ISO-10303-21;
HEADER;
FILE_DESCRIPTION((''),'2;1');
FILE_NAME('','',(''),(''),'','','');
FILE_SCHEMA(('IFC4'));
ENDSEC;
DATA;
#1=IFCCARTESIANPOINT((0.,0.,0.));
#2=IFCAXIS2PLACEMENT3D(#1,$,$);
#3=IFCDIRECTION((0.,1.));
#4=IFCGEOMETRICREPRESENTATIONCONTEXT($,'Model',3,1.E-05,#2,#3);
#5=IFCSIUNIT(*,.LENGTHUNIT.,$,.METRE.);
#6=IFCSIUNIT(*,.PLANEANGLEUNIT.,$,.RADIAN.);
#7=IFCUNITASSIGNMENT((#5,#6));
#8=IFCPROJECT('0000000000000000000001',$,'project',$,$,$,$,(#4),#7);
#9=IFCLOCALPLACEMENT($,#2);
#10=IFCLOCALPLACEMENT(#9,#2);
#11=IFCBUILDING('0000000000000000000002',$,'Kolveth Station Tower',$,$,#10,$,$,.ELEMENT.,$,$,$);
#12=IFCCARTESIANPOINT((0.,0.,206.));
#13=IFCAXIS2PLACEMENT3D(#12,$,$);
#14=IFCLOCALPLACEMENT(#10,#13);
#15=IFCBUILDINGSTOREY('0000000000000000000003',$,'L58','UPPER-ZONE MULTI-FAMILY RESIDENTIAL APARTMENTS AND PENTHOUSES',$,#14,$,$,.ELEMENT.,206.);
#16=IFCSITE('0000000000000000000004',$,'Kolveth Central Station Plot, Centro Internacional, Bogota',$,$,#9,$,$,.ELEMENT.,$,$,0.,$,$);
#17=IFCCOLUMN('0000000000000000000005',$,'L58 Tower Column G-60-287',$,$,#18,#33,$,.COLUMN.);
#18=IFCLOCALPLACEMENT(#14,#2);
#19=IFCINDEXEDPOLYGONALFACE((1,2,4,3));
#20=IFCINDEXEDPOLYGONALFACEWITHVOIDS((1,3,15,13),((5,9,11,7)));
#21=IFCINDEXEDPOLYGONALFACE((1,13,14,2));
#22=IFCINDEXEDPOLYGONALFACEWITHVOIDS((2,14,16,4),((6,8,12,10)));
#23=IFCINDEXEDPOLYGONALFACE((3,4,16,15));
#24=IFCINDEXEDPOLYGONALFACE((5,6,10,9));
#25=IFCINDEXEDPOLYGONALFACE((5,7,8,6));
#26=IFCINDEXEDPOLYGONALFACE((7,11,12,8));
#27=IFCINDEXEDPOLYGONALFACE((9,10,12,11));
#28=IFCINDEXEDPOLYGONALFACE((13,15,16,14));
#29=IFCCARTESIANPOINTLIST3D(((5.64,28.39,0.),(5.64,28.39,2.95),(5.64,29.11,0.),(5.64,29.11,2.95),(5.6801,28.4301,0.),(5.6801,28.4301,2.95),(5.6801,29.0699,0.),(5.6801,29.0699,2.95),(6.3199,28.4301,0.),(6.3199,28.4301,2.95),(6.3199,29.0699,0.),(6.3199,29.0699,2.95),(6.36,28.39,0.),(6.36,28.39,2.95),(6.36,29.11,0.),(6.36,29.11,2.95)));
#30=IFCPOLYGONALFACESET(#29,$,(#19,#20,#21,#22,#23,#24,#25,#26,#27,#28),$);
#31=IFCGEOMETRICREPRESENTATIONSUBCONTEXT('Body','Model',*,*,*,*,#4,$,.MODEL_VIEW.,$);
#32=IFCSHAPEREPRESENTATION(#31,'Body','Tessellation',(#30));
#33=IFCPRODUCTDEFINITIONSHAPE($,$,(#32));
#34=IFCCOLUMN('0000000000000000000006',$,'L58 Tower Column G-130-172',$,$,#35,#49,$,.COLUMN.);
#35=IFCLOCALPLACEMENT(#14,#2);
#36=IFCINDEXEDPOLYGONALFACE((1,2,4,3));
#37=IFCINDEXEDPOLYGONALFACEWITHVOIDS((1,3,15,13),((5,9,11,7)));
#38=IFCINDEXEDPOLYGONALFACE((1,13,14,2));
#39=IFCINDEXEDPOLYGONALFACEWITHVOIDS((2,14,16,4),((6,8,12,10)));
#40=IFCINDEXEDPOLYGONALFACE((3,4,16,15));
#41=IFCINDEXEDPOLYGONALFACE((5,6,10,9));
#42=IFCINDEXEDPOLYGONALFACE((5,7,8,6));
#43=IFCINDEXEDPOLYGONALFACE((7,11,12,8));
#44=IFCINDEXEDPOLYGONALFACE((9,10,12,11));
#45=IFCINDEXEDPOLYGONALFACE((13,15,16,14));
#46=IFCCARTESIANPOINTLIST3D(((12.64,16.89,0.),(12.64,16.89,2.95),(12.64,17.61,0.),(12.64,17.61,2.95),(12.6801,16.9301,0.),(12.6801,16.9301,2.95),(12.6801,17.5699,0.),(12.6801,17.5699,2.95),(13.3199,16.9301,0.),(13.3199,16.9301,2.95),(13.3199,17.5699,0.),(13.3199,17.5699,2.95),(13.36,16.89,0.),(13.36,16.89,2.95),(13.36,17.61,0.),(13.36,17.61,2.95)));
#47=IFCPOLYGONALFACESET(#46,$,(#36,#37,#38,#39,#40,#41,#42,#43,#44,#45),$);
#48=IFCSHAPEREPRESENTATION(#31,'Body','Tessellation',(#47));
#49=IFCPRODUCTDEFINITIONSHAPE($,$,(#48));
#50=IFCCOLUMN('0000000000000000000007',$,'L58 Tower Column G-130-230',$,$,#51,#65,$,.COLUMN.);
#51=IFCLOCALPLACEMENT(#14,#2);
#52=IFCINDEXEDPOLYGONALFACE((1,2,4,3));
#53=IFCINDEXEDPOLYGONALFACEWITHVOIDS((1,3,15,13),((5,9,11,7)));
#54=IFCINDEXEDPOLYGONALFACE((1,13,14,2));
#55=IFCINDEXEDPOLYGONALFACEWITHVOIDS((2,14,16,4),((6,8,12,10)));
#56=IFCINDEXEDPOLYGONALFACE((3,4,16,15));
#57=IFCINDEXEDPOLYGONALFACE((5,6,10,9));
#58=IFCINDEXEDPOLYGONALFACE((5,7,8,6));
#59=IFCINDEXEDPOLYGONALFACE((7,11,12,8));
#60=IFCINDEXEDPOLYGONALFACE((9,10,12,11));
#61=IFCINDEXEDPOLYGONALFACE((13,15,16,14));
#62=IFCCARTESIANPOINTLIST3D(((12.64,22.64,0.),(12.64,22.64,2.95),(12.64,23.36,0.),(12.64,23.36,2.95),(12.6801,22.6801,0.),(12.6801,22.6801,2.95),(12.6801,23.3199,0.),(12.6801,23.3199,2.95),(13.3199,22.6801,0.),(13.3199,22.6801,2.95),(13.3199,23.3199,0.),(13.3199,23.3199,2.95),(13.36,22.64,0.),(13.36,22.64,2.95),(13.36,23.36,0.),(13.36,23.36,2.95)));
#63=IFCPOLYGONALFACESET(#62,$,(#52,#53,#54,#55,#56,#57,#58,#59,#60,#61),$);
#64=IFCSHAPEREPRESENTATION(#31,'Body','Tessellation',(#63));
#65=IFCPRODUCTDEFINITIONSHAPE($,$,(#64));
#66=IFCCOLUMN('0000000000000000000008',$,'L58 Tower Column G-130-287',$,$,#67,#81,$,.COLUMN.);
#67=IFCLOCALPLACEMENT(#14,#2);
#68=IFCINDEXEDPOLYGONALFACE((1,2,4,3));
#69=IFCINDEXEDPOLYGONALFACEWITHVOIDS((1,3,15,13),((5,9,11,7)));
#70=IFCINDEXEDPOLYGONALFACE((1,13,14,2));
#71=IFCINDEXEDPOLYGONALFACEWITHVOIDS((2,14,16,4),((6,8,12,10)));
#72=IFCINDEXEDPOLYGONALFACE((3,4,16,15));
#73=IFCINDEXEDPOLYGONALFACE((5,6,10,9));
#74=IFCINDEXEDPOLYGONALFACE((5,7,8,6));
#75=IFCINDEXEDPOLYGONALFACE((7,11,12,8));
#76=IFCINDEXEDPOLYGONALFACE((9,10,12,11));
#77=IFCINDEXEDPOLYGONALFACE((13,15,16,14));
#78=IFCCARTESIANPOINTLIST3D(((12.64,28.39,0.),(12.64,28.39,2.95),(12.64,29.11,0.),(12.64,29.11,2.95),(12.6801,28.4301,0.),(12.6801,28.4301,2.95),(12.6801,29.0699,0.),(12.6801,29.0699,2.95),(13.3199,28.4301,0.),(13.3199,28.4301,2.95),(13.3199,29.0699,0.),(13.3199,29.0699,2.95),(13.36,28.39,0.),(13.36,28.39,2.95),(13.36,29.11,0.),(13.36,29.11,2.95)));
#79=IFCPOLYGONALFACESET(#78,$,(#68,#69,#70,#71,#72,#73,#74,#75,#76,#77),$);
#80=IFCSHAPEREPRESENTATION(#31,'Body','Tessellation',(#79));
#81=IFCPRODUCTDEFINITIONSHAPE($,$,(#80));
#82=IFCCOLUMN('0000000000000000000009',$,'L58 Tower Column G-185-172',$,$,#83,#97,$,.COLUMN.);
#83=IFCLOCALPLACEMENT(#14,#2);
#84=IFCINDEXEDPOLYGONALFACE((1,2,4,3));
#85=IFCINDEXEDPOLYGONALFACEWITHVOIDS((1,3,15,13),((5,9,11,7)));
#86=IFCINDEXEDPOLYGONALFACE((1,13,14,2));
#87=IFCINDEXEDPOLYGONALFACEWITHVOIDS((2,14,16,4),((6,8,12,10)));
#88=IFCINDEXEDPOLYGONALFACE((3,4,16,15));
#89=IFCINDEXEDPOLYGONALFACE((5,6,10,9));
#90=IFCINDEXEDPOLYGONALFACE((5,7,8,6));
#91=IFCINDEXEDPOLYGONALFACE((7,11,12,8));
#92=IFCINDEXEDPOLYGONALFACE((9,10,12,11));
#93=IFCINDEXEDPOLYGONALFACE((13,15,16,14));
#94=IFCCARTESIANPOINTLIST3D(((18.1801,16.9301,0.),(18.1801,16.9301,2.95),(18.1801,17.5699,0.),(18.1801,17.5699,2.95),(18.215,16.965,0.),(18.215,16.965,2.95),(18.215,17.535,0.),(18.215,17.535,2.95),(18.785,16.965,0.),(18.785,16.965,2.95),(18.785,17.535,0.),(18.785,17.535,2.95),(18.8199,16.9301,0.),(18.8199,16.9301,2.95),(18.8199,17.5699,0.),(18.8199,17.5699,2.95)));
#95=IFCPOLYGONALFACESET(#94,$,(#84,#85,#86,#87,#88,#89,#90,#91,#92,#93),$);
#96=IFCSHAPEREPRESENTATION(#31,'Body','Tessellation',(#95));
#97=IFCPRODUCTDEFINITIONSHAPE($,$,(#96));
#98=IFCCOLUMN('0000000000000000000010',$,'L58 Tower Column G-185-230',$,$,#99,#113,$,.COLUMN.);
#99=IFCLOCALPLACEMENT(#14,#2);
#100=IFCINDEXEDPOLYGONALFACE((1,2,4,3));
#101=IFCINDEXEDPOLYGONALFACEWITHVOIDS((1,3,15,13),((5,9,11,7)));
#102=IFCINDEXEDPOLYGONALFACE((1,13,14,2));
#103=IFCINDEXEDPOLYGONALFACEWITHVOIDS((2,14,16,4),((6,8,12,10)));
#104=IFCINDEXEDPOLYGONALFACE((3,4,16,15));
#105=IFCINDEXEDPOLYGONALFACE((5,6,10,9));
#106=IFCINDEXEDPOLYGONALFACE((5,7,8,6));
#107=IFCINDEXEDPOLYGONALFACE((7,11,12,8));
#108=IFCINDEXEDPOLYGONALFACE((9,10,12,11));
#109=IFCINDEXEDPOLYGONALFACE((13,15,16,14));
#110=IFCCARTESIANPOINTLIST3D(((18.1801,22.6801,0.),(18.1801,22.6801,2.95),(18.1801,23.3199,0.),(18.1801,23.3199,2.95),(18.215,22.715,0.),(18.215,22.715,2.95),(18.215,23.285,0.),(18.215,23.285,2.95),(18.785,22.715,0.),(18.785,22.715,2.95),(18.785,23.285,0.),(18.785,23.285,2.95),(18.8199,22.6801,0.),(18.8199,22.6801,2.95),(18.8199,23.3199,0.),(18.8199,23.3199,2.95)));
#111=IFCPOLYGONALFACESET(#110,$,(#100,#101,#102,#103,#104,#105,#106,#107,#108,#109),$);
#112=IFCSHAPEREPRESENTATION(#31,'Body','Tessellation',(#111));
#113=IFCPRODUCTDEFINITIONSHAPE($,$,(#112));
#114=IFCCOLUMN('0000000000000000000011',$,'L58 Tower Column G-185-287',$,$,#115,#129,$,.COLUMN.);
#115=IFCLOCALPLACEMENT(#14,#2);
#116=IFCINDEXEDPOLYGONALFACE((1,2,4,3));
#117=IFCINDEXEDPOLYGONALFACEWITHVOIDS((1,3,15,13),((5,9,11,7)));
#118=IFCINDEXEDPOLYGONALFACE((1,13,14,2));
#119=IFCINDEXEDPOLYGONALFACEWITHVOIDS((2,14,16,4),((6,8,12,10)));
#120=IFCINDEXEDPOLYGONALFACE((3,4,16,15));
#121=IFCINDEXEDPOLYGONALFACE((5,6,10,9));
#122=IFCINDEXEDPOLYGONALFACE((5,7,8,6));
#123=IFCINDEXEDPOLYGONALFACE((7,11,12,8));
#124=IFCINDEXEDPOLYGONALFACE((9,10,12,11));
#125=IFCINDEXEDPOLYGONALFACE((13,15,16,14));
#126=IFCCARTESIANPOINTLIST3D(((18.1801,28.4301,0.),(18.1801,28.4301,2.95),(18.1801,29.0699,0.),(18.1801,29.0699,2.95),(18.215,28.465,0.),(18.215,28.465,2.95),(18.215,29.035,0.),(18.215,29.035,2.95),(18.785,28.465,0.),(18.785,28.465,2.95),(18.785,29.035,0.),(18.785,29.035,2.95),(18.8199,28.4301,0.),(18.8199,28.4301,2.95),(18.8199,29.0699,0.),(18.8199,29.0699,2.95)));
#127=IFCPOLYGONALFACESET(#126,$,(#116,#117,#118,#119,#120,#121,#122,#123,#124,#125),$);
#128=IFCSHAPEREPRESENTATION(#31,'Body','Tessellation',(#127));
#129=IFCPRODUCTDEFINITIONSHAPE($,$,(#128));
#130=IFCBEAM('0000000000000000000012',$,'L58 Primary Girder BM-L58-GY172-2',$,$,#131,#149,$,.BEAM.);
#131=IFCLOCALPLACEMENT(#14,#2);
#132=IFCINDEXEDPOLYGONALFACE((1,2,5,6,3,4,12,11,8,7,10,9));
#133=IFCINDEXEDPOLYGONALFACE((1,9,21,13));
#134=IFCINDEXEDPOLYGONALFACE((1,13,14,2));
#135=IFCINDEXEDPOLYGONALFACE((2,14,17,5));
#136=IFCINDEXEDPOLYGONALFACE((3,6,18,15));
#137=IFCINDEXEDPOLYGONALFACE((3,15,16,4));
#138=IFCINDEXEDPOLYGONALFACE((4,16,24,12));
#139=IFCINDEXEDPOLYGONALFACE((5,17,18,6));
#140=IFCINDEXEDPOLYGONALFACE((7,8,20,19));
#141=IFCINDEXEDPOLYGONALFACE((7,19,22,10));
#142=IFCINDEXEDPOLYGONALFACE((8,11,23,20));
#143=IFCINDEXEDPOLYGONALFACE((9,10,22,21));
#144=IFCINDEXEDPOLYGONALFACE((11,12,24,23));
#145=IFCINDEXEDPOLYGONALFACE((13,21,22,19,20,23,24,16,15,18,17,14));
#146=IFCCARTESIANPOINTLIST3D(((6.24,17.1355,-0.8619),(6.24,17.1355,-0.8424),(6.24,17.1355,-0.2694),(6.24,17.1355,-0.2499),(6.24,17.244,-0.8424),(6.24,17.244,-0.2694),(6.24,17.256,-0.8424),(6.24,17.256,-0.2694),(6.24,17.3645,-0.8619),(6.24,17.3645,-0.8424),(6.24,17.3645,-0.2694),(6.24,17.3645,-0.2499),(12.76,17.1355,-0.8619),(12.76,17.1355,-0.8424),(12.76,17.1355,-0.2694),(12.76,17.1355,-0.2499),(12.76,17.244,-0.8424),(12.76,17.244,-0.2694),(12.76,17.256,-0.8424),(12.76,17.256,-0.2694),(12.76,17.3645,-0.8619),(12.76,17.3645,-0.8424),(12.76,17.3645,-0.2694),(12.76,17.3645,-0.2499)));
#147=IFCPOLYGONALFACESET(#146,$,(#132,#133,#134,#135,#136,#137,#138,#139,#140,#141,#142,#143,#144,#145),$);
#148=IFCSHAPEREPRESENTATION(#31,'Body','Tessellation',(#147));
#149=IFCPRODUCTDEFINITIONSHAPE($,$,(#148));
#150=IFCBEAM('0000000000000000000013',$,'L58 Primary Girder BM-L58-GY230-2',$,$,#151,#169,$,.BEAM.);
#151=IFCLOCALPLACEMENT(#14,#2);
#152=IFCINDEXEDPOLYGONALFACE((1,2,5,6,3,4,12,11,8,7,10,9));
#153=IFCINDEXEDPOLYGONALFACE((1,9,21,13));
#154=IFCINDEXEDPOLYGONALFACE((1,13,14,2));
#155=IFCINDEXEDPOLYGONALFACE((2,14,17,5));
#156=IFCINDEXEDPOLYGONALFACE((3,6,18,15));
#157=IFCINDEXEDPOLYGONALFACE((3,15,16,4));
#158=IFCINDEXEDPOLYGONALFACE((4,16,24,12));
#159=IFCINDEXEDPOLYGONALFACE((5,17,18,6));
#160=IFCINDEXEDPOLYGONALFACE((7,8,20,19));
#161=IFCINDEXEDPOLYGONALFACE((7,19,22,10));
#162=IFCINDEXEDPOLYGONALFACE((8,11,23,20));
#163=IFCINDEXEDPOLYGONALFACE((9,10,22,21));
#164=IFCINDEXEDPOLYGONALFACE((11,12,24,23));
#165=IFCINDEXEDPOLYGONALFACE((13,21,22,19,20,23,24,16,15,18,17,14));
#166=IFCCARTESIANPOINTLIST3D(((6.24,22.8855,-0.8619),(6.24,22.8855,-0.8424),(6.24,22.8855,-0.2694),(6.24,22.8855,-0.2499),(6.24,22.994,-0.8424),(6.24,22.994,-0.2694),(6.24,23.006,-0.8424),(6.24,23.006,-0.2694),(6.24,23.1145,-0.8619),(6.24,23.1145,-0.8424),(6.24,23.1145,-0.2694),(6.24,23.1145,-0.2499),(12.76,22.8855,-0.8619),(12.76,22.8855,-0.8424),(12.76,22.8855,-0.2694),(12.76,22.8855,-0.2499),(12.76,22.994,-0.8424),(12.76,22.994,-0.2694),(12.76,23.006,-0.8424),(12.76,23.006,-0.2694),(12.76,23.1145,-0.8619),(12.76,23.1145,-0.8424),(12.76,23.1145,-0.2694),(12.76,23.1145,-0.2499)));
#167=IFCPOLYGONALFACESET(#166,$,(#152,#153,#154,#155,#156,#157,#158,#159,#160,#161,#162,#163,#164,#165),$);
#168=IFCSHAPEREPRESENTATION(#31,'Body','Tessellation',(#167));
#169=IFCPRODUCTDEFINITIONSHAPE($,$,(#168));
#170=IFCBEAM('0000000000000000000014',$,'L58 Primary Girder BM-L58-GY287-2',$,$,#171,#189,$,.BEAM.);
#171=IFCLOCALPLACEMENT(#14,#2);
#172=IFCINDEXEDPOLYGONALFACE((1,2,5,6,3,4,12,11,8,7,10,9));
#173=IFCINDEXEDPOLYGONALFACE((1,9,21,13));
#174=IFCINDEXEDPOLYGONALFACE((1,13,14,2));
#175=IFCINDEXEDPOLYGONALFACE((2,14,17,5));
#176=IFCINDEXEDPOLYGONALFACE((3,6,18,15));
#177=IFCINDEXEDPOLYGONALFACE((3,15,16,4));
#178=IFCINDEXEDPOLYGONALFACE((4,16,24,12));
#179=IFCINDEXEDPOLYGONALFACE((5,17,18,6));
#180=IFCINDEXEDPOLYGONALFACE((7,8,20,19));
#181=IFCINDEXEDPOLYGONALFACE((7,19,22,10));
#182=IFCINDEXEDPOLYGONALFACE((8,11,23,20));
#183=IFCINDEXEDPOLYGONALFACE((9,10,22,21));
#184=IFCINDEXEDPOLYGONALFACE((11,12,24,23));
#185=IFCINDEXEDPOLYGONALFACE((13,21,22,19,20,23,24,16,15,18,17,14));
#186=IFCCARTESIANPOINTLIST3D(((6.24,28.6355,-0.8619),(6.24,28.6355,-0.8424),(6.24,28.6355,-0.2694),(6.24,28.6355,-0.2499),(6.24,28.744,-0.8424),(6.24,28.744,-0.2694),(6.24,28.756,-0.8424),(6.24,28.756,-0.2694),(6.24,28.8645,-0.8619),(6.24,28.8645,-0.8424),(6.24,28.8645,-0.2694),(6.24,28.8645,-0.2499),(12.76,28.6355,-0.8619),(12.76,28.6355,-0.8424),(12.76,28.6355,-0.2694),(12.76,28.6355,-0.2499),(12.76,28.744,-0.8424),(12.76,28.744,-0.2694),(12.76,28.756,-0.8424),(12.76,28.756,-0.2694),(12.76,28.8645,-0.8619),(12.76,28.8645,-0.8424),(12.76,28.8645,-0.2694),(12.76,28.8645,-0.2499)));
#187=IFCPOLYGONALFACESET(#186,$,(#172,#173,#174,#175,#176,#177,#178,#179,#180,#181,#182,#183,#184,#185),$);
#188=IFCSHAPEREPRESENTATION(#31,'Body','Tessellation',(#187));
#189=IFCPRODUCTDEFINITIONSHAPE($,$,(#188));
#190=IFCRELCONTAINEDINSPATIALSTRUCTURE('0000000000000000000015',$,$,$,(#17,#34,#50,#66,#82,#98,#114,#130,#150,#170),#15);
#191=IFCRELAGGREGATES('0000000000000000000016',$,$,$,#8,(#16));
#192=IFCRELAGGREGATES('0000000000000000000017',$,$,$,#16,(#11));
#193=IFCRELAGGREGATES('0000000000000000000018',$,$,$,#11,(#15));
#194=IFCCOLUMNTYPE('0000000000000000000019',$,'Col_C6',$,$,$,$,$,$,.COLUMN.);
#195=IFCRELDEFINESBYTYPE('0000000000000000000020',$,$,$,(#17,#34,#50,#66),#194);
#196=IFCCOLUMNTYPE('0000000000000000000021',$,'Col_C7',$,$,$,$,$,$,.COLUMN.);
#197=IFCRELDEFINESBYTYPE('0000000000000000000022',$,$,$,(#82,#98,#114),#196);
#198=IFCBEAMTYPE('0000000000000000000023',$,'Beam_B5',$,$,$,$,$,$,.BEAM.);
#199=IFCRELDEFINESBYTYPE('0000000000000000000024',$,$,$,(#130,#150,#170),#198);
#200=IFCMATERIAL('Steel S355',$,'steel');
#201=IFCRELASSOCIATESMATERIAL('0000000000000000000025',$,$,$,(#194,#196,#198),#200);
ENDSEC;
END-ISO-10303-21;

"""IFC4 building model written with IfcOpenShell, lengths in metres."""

from ifc_helpers import new_model, si_unit, direction, frame, origin, origin_2d, place, context, subcontext, project, spatial, hollow_rectangle, i_section, extrude, source, transform, mapped, material, material_profile, profile_set, type_object, element, save


model = new_model("IFC4")

# Units and contexts
model_context = context("Model", 3, precision=1e-05, world=origin(), true_north=direction((0.0, 1.0)))
body_context = subcontext(model_context, "Body", "Model", "MODEL_VIEW")
ifc_project = project(units=[si_unit("LENGTHUNIT", "METRE"), si_unit("PLANEANGLEUNIT", "RADIAN")], contexts=[model_context])

# Site, building, storey
site_placement = place(None, origin())
site = spatial("IfcSite", under=ifc_project, at=site_placement, Name="Kolveth Central Station Plot, Centro Internacional, Bogota", CompositionType="ELEMENT", RefElevation=0.0)
building_placement = place(site_placement, origin())
building = spatial("IfcBuilding", under=site, at=building_placement, Name="Kolveth Station Tower", CompositionType="ELEMENT")
storey_placement = place(building_placement, frame((0.0, 0.0, 206.0)))
storey = spatial("IfcBuildingStorey", under=building, at=storey_placement, Name="L58", Description="UPPER-ZONE MULTI-FAMILY RESIDENTIAL APARTMENTS AND PENTHOUSES", CompositionType="ELEMENT", Elevation=206.0)

# Columns
ifc_material_1 = material(Name="Steel S355", Category="steel")
ifc_material_profile_1 = material_profile(ifc_material_1, hollow_rectangle(XDim=0.72, YDim=0.72, WallThickness=0.04, at=origin_2d()), Name="BOX720x720x40")
ifc_profile_set_1 = profile_set([ifc_material_profile_1], Name="Steel S355")
column_type_1 = type_object("IfcColumnType", Name="Col_C6", PredefinedType="COLUMN", material=ifc_profile_set_1)
shared_shape_1 = source(origin(), body_context, "Body", "SweptSolid", [
    extrude(hollow_rectangle(XDim=0.72, YDim=0.72, WallThickness=0.04, at=origin_2d()), origin(), (0.0, 0.0, 1.0), 2.95),
])
for number, where, z_axis, x_axis, name in (
    (1, (6.0, 28.75, 0.0), (0.0, 0.0, 1.0), (1.0, 0.0, 0.0), "L58 Tower Column G-60-287"),
    (2, (13.0, 17.25, 0.0), (0.0, 0.0, 1.0), (1.0, 0.0, 0.0), "L58 Tower Column G-130-172"),
    (3, (13.0, 23.0, 0.0), (0.0, 0.0, 1.0), (1.0, 0.0, 0.0), "L58 Tower Column G-130-230"),
    (4, (13.0, 28.75, 0.0), (0.0, 0.0, 1.0), (1.0, 0.0, 0.0), "L58 Tower Column G-130-287"),
):
    element("IfcColumn", number, at=place(storey_placement, frame(where, z_axis=z_axis, x_axis=x_axis)), inside=storey, type_object=column_type_1, Name=name, PredefinedType="COLUMN", context=body_context, shape_type="MappedRepresentation", body=[
        mapped(shared_shape_1, transform((0.0, 0.0, 0.0), x_axis=(1.0, 0.0, 0.0), y_axis=(0.0, 1.0, 0.0), z_axis=(0.0, 0.0, 1.0), scale=1.0)),
    ])
ifc_material_profile_2 = material_profile(ifc_material_1, hollow_rectangle(XDim=0.6399, YDim=0.6399, WallThickness=0.0349, at=origin_2d()), Name="BOX640x640x35")
ifc_profile_set_2 = profile_set([ifc_material_profile_2], Name="Steel S355")
column_type_2 = type_object("IfcColumnType", Name="Col_C7", PredefinedType="COLUMN", material=ifc_profile_set_2)
shared_shape_2 = source(origin(), body_context, "Body", "SweptSolid", [
    extrude(hollow_rectangle(XDim=0.6399, YDim=0.6399, WallThickness=0.0349, at=origin_2d()), origin(), (0.0, 0.0, 1.0), 2.95),
])
for number, where, z_axis, x_axis, name in (
    (5, (18.5, 17.25, 0.0), (0.0, 0.0, 1.0), (1.0, 0.0, 0.0), "L58 Tower Column G-185-172"),
    (6, (18.5, 23.0, 0.0), (0.0, 0.0, 1.0), (1.0, 0.0, 0.0), "L58 Tower Column G-185-230"),
    (7, (18.5, 28.75, 0.0), (0.0, 0.0, 1.0), (1.0, 0.0, 0.0), "L58 Tower Column G-185-287"),
):
    element("IfcColumn", number, at=place(storey_placement, frame(where, z_axis=z_axis, x_axis=x_axis)), inside=storey, type_object=column_type_2, Name=name, PredefinedType="COLUMN", context=body_context, shape_type="MappedRepresentation", body=[
        mapped(shared_shape_2, transform((0.0, 0.0, 0.0), x_axis=(1.0, 0.0, 0.0), y_axis=(0.0, 1.0, 0.0), z_axis=(0.0, 0.0, 1.0), scale=1.0)),
    ])

# Beams
ifc_material_profile_3 = material_profile(ifc_material_1, i_section(OverallWidth=0.229, OverallDepth=0.6121, WebThickness=0.012, FlangeThickness=0.0195, at=origin_2d()), Name="W610x125")
ifc_profile_set_3 = profile_set([ifc_material_profile_3], Name="Steel S355")
beam_type_1 = type_object("IfcBeamType", Name="Beam_B5", PredefinedType="BEAM", material=ifc_profile_set_3)
shared_shape_3 = source(origin(), body_context, "Body", "SweptSolid", [
    extrude(i_section(OverallWidth=0.229, OverallDepth=0.6121, WebThickness=0.012, FlangeThickness=0.0195, at=origin_2d()), origin(), (0.0, 0.0, 1.0), 6.52),
])
for number, where, z_axis, x_axis, name in (
    (8, (6.24, 17.25, -0.5559), (1.0, 0.0, 0.0), (0.0, 1.0, 0.0), "L58 Primary Girder BM-L58-GY172-2"),
    (9, (6.24, 23.0, -0.5559), (1.0, 0.0, 0.0), (0.0, 1.0, 0.0), "L58 Primary Girder BM-L58-GY230-2"),
    (10, (6.24, 28.75, -0.5559), (1.0, 0.0, 0.0), (0.0, 1.0, 0.0), "L58 Primary Girder BM-L58-GY287-2"),
):
    element("IfcBeam", number, at=place(storey_placement, frame(where, z_axis=z_axis, x_axis=x_axis)), inside=storey, type_object=beam_type_1, Name=name, PredefinedType="BEAM", context=body_context, shape_type="MappedRepresentation", body=[
        mapped(shared_shape_3, transform((0.0, 0.0, 0.0), x_axis=(1.0, 0.0, 0.0), y_axis=(0.0, 1.0, 0.0), z_axis=(0.0, 0.0, 1.0), scale=1.0)),
    ])

save(model, "model.ifc")
